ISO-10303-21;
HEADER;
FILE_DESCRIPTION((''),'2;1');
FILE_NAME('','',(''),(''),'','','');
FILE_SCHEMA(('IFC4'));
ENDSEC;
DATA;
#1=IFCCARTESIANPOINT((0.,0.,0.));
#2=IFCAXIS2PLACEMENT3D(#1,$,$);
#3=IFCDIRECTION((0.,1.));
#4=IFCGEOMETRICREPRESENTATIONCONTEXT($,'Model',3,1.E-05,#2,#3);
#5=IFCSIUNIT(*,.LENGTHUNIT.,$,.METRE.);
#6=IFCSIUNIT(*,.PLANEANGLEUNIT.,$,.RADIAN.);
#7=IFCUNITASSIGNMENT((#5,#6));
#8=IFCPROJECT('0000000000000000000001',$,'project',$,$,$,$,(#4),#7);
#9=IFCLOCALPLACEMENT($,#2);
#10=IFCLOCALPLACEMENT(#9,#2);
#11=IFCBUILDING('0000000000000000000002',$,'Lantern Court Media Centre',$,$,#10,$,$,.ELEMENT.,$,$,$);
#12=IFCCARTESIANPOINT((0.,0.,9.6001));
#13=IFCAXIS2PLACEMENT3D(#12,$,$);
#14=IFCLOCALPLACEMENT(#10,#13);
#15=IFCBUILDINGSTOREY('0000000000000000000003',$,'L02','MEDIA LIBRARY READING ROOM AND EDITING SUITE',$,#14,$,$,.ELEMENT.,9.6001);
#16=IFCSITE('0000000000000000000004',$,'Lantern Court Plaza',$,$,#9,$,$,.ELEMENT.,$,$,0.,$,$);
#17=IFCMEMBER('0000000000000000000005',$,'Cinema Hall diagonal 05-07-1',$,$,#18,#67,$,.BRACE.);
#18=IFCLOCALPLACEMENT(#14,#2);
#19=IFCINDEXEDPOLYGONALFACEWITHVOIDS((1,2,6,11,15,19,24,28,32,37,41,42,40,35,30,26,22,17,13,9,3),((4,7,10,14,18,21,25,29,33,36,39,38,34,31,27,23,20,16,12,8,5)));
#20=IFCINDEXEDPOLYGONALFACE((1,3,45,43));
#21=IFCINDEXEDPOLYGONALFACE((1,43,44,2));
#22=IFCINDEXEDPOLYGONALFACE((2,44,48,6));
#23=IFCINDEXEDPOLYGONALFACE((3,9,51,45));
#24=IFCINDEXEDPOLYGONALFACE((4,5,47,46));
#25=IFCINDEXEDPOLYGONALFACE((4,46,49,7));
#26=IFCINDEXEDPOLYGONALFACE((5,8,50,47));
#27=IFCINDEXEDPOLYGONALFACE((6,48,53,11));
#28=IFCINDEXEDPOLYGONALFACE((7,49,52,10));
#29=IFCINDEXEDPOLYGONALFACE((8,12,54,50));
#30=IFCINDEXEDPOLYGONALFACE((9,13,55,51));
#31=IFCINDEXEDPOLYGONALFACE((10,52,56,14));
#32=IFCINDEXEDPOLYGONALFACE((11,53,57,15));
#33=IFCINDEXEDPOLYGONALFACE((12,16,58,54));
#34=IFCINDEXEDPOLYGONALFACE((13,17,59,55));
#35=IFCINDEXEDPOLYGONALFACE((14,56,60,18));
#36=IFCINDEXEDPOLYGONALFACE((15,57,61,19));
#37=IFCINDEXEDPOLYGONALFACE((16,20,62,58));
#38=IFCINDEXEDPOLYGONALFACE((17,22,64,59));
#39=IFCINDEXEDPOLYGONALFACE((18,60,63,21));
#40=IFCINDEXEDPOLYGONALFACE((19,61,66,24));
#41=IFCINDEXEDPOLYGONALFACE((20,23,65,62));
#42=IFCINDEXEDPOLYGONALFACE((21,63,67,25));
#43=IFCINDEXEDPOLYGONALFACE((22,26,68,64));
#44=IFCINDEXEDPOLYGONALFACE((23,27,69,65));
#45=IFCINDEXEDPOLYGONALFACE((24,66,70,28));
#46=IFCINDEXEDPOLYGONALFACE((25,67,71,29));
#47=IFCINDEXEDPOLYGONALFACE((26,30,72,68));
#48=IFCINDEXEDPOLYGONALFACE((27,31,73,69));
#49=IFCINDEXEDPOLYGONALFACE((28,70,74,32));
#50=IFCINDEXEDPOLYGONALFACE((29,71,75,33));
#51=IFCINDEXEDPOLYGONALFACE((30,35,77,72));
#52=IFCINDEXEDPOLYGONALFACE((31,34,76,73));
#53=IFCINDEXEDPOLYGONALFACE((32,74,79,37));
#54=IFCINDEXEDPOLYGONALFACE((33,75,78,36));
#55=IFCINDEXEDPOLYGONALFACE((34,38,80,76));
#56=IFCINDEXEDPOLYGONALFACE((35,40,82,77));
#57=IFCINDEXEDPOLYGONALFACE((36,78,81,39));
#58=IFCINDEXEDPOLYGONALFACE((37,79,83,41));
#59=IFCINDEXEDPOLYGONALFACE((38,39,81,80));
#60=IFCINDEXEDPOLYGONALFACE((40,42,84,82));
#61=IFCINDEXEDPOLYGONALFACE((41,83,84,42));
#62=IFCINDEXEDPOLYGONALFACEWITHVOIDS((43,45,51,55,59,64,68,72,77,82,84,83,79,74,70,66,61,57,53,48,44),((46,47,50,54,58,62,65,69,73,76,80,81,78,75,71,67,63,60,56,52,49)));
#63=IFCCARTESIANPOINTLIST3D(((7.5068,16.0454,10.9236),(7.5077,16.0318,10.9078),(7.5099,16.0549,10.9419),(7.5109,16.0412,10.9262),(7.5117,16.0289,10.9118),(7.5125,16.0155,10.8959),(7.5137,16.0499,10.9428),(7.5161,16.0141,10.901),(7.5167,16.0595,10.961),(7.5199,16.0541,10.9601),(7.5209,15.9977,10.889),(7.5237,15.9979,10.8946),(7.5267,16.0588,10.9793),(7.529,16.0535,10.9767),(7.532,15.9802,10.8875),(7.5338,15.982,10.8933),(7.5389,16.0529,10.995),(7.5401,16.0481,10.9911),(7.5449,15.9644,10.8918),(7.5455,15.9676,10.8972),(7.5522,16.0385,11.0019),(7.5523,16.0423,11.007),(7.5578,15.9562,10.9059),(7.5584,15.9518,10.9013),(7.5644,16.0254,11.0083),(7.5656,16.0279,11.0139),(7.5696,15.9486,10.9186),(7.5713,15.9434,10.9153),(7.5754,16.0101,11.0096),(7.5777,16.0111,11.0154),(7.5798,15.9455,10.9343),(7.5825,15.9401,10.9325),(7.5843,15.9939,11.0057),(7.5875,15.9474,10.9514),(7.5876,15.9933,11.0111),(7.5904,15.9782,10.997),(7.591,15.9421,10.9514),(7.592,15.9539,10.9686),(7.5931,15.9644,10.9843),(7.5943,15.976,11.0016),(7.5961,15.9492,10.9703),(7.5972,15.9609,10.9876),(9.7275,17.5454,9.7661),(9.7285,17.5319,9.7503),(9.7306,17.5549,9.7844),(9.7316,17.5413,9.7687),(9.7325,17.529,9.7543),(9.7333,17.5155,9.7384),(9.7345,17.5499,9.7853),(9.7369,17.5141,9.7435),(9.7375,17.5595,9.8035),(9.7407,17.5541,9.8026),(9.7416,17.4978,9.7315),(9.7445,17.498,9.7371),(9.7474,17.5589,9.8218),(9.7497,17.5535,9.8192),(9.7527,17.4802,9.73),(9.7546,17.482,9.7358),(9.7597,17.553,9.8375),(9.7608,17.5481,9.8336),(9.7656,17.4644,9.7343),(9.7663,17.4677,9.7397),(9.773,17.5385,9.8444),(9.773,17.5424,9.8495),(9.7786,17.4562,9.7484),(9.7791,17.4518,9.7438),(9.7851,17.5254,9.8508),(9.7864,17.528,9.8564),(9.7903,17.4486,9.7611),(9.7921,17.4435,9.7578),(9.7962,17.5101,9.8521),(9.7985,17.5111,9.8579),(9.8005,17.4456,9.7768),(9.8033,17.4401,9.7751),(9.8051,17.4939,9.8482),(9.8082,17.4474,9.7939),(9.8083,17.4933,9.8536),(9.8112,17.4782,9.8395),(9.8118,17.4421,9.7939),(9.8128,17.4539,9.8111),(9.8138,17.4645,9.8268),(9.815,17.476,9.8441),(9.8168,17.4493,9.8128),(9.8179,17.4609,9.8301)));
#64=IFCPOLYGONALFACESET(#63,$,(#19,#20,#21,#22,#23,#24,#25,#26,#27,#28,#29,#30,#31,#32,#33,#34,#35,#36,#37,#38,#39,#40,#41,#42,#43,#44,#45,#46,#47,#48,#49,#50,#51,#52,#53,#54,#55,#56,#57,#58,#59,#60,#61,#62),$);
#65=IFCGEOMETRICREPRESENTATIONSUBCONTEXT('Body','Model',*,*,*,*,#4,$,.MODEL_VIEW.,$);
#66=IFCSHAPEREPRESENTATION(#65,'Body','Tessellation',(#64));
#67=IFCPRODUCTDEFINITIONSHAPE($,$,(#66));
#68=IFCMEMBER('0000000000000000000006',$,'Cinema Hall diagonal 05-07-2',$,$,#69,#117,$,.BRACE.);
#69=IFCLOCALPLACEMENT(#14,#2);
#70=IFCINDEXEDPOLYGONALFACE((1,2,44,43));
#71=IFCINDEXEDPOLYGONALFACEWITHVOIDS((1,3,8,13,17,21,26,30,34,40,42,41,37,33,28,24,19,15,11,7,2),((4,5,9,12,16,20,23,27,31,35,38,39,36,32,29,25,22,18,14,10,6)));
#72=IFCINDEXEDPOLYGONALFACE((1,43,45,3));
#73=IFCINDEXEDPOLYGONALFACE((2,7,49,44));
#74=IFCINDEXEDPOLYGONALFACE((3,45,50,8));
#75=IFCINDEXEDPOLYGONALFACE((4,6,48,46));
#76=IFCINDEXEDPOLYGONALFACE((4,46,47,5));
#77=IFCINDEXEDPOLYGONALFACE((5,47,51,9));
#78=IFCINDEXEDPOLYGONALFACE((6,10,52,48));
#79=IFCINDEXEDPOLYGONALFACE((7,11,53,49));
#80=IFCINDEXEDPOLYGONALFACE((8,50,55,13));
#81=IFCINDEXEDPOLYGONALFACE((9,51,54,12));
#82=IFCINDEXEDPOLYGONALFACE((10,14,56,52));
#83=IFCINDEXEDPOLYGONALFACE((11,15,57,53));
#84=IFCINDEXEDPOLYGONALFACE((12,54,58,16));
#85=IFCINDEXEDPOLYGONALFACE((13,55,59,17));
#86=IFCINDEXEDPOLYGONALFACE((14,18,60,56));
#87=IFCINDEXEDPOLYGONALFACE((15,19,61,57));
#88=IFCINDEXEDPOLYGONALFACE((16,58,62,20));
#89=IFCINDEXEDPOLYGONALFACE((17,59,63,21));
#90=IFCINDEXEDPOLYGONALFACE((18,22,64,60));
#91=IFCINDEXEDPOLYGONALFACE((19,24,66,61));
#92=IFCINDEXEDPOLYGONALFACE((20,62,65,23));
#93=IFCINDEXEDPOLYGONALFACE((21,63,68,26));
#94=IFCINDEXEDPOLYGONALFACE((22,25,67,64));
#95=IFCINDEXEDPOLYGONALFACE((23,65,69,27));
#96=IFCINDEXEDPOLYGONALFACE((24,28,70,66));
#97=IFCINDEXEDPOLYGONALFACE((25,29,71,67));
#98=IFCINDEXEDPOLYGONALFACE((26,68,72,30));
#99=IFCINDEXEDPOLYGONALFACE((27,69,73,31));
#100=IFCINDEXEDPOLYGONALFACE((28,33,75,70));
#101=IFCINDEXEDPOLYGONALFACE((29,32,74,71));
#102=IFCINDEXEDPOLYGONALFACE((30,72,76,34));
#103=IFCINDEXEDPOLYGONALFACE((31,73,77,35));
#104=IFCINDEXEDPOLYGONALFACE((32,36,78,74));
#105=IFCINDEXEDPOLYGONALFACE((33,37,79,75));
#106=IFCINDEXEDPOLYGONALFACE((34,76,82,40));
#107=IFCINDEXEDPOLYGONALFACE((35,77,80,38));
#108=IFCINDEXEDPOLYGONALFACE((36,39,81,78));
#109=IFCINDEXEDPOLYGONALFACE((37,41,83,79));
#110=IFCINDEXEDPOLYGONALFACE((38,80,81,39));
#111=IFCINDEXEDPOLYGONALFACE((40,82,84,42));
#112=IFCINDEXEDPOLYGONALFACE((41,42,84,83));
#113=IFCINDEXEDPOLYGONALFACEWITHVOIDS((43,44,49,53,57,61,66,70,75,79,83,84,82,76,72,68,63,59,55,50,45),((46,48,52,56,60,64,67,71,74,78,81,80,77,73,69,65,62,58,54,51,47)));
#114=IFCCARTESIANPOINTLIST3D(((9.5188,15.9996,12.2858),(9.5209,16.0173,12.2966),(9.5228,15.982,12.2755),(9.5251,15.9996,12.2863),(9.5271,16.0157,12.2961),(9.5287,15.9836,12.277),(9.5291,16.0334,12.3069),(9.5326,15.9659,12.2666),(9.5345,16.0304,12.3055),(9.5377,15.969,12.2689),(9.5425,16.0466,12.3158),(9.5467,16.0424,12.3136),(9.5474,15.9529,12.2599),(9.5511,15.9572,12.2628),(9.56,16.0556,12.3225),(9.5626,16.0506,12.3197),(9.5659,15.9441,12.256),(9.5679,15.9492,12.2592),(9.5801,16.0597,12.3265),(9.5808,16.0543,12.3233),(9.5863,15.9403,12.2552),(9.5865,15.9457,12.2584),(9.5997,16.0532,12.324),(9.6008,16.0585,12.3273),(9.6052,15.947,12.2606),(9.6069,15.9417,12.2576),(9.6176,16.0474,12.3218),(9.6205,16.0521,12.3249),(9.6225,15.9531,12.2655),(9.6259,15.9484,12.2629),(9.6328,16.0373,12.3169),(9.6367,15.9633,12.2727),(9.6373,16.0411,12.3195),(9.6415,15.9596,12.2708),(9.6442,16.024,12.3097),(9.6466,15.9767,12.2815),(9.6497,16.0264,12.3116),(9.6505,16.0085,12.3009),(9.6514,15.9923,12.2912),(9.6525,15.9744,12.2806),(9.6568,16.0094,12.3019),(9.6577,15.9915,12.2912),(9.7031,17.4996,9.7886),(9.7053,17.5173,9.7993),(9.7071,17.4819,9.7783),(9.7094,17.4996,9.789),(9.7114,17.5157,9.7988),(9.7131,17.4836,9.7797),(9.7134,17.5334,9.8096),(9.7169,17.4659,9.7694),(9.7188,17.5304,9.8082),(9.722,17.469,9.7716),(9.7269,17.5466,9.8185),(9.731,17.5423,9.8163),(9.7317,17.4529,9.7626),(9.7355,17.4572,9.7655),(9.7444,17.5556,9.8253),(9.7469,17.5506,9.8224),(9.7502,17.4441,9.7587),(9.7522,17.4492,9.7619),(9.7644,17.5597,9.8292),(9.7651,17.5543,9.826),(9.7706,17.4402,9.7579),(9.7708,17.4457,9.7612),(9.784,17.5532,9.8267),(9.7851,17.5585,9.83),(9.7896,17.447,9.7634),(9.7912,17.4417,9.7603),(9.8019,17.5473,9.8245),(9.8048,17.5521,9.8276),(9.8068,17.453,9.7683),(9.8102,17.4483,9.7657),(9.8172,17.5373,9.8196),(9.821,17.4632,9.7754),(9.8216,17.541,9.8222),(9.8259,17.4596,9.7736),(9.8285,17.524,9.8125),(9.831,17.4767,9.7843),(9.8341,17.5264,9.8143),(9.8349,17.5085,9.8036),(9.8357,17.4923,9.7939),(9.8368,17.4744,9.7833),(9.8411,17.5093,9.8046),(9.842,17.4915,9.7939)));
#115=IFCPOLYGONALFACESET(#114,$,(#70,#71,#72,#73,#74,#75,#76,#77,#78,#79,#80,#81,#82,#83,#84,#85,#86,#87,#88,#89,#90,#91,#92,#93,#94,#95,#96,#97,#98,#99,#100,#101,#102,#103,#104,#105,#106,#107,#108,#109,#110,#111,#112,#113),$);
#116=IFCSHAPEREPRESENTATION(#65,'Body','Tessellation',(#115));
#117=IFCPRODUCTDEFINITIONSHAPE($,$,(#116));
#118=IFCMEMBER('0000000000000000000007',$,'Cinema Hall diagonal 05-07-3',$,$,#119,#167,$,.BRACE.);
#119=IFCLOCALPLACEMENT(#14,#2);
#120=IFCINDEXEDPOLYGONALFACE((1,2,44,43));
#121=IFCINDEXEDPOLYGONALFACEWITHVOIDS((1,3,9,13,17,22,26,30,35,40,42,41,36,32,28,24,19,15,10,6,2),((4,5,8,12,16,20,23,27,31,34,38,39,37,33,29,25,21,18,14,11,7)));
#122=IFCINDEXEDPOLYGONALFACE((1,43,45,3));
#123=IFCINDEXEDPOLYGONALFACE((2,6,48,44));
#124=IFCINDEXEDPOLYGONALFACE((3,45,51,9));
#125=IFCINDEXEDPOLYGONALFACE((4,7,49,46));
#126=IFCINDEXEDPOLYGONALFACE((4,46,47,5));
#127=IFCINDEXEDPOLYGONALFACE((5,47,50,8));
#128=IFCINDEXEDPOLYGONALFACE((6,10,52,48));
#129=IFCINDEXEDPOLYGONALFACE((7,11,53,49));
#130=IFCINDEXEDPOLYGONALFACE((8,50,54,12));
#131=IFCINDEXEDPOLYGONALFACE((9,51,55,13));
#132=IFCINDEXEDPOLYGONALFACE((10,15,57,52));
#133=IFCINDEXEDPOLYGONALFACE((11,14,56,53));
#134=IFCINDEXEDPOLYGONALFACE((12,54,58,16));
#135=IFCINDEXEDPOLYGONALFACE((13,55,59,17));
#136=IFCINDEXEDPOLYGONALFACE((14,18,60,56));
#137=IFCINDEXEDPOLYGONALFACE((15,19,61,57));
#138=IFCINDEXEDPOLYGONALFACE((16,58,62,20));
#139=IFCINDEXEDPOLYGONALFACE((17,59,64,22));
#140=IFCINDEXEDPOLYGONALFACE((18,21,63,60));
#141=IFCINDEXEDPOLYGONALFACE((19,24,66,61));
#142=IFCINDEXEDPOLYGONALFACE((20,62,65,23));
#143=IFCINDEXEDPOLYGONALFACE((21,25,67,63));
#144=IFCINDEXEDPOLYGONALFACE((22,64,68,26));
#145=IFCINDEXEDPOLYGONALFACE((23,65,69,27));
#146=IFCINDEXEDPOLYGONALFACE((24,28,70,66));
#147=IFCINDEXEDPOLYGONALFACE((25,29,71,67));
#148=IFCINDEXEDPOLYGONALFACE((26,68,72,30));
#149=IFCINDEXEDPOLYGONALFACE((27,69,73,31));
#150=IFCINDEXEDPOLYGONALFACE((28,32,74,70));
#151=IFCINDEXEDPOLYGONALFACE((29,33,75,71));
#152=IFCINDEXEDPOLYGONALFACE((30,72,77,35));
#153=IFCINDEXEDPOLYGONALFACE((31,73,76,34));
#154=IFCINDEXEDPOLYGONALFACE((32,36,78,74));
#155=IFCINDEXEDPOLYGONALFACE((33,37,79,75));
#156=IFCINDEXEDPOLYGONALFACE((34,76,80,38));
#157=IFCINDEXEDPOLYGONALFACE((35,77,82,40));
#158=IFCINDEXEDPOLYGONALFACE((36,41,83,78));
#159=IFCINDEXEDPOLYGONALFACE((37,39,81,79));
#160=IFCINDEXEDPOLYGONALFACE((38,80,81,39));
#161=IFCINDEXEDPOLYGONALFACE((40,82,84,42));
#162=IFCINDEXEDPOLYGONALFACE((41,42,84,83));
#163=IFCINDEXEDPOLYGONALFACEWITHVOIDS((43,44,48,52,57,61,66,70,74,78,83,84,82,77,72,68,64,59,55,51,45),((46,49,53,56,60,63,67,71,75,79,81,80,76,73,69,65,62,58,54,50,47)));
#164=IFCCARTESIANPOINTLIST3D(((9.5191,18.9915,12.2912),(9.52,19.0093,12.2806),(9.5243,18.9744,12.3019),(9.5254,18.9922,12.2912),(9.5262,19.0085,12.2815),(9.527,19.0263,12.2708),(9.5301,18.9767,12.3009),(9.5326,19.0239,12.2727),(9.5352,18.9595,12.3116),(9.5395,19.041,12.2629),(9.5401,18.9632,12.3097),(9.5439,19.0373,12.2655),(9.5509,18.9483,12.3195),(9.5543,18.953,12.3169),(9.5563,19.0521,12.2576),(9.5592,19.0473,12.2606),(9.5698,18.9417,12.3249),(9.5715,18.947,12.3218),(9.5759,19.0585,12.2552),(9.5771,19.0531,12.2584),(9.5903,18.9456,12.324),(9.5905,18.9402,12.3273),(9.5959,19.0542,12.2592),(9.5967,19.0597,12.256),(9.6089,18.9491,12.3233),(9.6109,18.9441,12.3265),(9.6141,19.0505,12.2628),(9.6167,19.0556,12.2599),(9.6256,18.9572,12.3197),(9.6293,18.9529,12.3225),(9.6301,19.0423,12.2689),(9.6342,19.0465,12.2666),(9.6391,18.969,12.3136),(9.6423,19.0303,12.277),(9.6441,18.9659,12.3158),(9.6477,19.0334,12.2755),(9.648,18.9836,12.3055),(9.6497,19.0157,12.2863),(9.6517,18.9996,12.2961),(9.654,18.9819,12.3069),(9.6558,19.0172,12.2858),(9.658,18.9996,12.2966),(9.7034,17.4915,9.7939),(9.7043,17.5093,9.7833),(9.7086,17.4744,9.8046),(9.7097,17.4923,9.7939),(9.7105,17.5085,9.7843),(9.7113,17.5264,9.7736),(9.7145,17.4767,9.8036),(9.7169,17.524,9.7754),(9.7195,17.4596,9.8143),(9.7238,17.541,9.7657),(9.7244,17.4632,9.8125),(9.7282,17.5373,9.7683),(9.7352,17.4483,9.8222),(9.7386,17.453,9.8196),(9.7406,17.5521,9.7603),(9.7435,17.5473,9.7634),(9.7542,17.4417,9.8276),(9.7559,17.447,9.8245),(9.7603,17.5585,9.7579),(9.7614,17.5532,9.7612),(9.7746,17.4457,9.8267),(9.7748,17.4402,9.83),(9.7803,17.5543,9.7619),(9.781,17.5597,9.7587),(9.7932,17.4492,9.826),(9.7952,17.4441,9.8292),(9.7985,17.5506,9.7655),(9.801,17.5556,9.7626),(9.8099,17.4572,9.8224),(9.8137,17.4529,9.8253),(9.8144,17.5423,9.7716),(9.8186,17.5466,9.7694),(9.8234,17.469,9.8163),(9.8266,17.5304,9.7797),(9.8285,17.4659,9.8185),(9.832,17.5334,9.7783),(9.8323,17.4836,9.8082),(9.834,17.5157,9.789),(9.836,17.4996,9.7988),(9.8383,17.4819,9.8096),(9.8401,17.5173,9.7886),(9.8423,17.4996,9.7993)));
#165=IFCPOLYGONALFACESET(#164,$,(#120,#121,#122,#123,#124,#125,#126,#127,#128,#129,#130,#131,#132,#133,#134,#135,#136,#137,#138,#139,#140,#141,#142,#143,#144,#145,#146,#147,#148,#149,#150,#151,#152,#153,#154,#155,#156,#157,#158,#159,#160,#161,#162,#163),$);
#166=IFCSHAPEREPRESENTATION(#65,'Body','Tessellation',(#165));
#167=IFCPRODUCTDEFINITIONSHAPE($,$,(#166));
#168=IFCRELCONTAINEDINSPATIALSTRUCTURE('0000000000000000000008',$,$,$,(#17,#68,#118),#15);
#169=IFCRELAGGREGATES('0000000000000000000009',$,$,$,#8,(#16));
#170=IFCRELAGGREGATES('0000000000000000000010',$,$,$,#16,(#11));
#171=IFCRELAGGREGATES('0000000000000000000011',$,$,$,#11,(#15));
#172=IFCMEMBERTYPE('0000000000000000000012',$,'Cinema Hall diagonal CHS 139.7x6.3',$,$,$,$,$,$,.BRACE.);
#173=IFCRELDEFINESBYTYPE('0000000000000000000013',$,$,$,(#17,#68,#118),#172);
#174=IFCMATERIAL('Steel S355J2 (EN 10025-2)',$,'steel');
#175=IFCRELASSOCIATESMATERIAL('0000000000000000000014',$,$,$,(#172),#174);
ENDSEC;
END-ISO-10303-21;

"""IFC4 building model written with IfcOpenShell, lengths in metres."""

from ifc_helpers import new_model, si_unit, direction, frame, origin, origin_2d, place, context, subcontext, project, spatial, hollow_circle, extrude, material, material_profile, profile_set, type_object, element, save


model = new_model("IFC4")

# Units and contexts
model_context = context("Model", 3, precision=1e-05, world=origin(), true_north=direction((0.0, 1.0)))
body_context = subcontext(model_context, "Body", "Model", "MODEL_VIEW")
ifc_project = project(units=[si_unit("LENGTHUNIT", "METRE"), si_unit("PLANEANGLEUNIT", "RADIAN")], contexts=[model_context])

# Site, building, storey
site_placement = place(None, origin())
site = spatial("IfcSite", under=ifc_project, at=site_placement, Name="Lantern Court Plaza", CompositionType="ELEMENT", RefElevation=0.0)
building_placement = place(site_placement, origin())
building = spatial("IfcBuilding", under=site, at=building_placement, Name="Lantern Court Media Centre", CompositionType="ELEMENT")
storey_placement = place(building_placement, frame((0.0, 0.0, 9.6001)))
storey = spatial("IfcBuildingStorey", under=building, at=storey_placement, Name="L02", Description="MEDIA LIBRARY READING ROOM AND EDITING SUITE", CompositionType="ELEMENT", Elevation=9.6001)

# Members
ifc_material = material(Name="Steel S355J2 (EN 10025-2)", Category="steel")
ifc_material_profile_1 = material_profile(ifc_material, hollow_circle(Radius=0.0698, WallThickness=0.0063, at=origin_2d()), Name="Cinema Hall diagonal CHS 139.7x6.3")
ifc_profile_set_1 = profile_set([ifc_material_profile_1], Name="Steel S355J2 (EN 10025-2)")
member_type_1 = type_object("IfcMemberType", Name="Cinema Hall diagonal CHS 139.7x6.3", PredefinedType="BRACE", material=ifc_profile_set_1)
for number, where, z_axis, x_axis, name in (
    (1, (9.7727, 17.5, 9.7939), (-0.760744, -0.513854, 0.396514), (0.559736, -0.828671, 0.0), "Cinema Hall diagonal 05-07-1"),
):
    element("IfcMember", number, at=place(storey_placement, frame(where, z_axis=z_axis, x_axis=x_axis)), inside=storey, type_object=member_type_1, Name=name, PredefinedType="BRACE", context=body_context, shape_type="SweptSolid", body=[
        extrude(hollow_circle(Radius=0.0698, WallThickness=0.0063, at=origin_2d()), origin(), (0.0, 0.0, 1.0), 2.9192),
    ])
for number, where, z_axis, x_axis, name in (
    (2, (9.7727, 17.5, 9.7939), (-0.063147, -0.513875, 0.855538), (0.992534, -0.121967, 0.0), "Cinema Hall diagonal 05-07-2"),
    (3, (9.7727, 17.5, 9.7939), (-0.063147, 0.513875, 0.855538), (-0.992534, -0.121967, 0.0), "Cinema Hall diagonal 05-07-3"),
):
    element("IfcMember", number, at=place(storey_placement, frame(where, z_axis=z_axis, x_axis=x_axis)), inside=storey, type_object=member_type_1, Name=name, PredefinedType="BRACE", context=body_context, shape_type="SweptSolid", body=[
        extrude(hollow_circle(Radius=0.0698, WallThickness=0.0063, at=origin_2d()), origin(), (0.0, 0.0, 1.0), 2.9189),
    ])

save(model, "model.ifc")
